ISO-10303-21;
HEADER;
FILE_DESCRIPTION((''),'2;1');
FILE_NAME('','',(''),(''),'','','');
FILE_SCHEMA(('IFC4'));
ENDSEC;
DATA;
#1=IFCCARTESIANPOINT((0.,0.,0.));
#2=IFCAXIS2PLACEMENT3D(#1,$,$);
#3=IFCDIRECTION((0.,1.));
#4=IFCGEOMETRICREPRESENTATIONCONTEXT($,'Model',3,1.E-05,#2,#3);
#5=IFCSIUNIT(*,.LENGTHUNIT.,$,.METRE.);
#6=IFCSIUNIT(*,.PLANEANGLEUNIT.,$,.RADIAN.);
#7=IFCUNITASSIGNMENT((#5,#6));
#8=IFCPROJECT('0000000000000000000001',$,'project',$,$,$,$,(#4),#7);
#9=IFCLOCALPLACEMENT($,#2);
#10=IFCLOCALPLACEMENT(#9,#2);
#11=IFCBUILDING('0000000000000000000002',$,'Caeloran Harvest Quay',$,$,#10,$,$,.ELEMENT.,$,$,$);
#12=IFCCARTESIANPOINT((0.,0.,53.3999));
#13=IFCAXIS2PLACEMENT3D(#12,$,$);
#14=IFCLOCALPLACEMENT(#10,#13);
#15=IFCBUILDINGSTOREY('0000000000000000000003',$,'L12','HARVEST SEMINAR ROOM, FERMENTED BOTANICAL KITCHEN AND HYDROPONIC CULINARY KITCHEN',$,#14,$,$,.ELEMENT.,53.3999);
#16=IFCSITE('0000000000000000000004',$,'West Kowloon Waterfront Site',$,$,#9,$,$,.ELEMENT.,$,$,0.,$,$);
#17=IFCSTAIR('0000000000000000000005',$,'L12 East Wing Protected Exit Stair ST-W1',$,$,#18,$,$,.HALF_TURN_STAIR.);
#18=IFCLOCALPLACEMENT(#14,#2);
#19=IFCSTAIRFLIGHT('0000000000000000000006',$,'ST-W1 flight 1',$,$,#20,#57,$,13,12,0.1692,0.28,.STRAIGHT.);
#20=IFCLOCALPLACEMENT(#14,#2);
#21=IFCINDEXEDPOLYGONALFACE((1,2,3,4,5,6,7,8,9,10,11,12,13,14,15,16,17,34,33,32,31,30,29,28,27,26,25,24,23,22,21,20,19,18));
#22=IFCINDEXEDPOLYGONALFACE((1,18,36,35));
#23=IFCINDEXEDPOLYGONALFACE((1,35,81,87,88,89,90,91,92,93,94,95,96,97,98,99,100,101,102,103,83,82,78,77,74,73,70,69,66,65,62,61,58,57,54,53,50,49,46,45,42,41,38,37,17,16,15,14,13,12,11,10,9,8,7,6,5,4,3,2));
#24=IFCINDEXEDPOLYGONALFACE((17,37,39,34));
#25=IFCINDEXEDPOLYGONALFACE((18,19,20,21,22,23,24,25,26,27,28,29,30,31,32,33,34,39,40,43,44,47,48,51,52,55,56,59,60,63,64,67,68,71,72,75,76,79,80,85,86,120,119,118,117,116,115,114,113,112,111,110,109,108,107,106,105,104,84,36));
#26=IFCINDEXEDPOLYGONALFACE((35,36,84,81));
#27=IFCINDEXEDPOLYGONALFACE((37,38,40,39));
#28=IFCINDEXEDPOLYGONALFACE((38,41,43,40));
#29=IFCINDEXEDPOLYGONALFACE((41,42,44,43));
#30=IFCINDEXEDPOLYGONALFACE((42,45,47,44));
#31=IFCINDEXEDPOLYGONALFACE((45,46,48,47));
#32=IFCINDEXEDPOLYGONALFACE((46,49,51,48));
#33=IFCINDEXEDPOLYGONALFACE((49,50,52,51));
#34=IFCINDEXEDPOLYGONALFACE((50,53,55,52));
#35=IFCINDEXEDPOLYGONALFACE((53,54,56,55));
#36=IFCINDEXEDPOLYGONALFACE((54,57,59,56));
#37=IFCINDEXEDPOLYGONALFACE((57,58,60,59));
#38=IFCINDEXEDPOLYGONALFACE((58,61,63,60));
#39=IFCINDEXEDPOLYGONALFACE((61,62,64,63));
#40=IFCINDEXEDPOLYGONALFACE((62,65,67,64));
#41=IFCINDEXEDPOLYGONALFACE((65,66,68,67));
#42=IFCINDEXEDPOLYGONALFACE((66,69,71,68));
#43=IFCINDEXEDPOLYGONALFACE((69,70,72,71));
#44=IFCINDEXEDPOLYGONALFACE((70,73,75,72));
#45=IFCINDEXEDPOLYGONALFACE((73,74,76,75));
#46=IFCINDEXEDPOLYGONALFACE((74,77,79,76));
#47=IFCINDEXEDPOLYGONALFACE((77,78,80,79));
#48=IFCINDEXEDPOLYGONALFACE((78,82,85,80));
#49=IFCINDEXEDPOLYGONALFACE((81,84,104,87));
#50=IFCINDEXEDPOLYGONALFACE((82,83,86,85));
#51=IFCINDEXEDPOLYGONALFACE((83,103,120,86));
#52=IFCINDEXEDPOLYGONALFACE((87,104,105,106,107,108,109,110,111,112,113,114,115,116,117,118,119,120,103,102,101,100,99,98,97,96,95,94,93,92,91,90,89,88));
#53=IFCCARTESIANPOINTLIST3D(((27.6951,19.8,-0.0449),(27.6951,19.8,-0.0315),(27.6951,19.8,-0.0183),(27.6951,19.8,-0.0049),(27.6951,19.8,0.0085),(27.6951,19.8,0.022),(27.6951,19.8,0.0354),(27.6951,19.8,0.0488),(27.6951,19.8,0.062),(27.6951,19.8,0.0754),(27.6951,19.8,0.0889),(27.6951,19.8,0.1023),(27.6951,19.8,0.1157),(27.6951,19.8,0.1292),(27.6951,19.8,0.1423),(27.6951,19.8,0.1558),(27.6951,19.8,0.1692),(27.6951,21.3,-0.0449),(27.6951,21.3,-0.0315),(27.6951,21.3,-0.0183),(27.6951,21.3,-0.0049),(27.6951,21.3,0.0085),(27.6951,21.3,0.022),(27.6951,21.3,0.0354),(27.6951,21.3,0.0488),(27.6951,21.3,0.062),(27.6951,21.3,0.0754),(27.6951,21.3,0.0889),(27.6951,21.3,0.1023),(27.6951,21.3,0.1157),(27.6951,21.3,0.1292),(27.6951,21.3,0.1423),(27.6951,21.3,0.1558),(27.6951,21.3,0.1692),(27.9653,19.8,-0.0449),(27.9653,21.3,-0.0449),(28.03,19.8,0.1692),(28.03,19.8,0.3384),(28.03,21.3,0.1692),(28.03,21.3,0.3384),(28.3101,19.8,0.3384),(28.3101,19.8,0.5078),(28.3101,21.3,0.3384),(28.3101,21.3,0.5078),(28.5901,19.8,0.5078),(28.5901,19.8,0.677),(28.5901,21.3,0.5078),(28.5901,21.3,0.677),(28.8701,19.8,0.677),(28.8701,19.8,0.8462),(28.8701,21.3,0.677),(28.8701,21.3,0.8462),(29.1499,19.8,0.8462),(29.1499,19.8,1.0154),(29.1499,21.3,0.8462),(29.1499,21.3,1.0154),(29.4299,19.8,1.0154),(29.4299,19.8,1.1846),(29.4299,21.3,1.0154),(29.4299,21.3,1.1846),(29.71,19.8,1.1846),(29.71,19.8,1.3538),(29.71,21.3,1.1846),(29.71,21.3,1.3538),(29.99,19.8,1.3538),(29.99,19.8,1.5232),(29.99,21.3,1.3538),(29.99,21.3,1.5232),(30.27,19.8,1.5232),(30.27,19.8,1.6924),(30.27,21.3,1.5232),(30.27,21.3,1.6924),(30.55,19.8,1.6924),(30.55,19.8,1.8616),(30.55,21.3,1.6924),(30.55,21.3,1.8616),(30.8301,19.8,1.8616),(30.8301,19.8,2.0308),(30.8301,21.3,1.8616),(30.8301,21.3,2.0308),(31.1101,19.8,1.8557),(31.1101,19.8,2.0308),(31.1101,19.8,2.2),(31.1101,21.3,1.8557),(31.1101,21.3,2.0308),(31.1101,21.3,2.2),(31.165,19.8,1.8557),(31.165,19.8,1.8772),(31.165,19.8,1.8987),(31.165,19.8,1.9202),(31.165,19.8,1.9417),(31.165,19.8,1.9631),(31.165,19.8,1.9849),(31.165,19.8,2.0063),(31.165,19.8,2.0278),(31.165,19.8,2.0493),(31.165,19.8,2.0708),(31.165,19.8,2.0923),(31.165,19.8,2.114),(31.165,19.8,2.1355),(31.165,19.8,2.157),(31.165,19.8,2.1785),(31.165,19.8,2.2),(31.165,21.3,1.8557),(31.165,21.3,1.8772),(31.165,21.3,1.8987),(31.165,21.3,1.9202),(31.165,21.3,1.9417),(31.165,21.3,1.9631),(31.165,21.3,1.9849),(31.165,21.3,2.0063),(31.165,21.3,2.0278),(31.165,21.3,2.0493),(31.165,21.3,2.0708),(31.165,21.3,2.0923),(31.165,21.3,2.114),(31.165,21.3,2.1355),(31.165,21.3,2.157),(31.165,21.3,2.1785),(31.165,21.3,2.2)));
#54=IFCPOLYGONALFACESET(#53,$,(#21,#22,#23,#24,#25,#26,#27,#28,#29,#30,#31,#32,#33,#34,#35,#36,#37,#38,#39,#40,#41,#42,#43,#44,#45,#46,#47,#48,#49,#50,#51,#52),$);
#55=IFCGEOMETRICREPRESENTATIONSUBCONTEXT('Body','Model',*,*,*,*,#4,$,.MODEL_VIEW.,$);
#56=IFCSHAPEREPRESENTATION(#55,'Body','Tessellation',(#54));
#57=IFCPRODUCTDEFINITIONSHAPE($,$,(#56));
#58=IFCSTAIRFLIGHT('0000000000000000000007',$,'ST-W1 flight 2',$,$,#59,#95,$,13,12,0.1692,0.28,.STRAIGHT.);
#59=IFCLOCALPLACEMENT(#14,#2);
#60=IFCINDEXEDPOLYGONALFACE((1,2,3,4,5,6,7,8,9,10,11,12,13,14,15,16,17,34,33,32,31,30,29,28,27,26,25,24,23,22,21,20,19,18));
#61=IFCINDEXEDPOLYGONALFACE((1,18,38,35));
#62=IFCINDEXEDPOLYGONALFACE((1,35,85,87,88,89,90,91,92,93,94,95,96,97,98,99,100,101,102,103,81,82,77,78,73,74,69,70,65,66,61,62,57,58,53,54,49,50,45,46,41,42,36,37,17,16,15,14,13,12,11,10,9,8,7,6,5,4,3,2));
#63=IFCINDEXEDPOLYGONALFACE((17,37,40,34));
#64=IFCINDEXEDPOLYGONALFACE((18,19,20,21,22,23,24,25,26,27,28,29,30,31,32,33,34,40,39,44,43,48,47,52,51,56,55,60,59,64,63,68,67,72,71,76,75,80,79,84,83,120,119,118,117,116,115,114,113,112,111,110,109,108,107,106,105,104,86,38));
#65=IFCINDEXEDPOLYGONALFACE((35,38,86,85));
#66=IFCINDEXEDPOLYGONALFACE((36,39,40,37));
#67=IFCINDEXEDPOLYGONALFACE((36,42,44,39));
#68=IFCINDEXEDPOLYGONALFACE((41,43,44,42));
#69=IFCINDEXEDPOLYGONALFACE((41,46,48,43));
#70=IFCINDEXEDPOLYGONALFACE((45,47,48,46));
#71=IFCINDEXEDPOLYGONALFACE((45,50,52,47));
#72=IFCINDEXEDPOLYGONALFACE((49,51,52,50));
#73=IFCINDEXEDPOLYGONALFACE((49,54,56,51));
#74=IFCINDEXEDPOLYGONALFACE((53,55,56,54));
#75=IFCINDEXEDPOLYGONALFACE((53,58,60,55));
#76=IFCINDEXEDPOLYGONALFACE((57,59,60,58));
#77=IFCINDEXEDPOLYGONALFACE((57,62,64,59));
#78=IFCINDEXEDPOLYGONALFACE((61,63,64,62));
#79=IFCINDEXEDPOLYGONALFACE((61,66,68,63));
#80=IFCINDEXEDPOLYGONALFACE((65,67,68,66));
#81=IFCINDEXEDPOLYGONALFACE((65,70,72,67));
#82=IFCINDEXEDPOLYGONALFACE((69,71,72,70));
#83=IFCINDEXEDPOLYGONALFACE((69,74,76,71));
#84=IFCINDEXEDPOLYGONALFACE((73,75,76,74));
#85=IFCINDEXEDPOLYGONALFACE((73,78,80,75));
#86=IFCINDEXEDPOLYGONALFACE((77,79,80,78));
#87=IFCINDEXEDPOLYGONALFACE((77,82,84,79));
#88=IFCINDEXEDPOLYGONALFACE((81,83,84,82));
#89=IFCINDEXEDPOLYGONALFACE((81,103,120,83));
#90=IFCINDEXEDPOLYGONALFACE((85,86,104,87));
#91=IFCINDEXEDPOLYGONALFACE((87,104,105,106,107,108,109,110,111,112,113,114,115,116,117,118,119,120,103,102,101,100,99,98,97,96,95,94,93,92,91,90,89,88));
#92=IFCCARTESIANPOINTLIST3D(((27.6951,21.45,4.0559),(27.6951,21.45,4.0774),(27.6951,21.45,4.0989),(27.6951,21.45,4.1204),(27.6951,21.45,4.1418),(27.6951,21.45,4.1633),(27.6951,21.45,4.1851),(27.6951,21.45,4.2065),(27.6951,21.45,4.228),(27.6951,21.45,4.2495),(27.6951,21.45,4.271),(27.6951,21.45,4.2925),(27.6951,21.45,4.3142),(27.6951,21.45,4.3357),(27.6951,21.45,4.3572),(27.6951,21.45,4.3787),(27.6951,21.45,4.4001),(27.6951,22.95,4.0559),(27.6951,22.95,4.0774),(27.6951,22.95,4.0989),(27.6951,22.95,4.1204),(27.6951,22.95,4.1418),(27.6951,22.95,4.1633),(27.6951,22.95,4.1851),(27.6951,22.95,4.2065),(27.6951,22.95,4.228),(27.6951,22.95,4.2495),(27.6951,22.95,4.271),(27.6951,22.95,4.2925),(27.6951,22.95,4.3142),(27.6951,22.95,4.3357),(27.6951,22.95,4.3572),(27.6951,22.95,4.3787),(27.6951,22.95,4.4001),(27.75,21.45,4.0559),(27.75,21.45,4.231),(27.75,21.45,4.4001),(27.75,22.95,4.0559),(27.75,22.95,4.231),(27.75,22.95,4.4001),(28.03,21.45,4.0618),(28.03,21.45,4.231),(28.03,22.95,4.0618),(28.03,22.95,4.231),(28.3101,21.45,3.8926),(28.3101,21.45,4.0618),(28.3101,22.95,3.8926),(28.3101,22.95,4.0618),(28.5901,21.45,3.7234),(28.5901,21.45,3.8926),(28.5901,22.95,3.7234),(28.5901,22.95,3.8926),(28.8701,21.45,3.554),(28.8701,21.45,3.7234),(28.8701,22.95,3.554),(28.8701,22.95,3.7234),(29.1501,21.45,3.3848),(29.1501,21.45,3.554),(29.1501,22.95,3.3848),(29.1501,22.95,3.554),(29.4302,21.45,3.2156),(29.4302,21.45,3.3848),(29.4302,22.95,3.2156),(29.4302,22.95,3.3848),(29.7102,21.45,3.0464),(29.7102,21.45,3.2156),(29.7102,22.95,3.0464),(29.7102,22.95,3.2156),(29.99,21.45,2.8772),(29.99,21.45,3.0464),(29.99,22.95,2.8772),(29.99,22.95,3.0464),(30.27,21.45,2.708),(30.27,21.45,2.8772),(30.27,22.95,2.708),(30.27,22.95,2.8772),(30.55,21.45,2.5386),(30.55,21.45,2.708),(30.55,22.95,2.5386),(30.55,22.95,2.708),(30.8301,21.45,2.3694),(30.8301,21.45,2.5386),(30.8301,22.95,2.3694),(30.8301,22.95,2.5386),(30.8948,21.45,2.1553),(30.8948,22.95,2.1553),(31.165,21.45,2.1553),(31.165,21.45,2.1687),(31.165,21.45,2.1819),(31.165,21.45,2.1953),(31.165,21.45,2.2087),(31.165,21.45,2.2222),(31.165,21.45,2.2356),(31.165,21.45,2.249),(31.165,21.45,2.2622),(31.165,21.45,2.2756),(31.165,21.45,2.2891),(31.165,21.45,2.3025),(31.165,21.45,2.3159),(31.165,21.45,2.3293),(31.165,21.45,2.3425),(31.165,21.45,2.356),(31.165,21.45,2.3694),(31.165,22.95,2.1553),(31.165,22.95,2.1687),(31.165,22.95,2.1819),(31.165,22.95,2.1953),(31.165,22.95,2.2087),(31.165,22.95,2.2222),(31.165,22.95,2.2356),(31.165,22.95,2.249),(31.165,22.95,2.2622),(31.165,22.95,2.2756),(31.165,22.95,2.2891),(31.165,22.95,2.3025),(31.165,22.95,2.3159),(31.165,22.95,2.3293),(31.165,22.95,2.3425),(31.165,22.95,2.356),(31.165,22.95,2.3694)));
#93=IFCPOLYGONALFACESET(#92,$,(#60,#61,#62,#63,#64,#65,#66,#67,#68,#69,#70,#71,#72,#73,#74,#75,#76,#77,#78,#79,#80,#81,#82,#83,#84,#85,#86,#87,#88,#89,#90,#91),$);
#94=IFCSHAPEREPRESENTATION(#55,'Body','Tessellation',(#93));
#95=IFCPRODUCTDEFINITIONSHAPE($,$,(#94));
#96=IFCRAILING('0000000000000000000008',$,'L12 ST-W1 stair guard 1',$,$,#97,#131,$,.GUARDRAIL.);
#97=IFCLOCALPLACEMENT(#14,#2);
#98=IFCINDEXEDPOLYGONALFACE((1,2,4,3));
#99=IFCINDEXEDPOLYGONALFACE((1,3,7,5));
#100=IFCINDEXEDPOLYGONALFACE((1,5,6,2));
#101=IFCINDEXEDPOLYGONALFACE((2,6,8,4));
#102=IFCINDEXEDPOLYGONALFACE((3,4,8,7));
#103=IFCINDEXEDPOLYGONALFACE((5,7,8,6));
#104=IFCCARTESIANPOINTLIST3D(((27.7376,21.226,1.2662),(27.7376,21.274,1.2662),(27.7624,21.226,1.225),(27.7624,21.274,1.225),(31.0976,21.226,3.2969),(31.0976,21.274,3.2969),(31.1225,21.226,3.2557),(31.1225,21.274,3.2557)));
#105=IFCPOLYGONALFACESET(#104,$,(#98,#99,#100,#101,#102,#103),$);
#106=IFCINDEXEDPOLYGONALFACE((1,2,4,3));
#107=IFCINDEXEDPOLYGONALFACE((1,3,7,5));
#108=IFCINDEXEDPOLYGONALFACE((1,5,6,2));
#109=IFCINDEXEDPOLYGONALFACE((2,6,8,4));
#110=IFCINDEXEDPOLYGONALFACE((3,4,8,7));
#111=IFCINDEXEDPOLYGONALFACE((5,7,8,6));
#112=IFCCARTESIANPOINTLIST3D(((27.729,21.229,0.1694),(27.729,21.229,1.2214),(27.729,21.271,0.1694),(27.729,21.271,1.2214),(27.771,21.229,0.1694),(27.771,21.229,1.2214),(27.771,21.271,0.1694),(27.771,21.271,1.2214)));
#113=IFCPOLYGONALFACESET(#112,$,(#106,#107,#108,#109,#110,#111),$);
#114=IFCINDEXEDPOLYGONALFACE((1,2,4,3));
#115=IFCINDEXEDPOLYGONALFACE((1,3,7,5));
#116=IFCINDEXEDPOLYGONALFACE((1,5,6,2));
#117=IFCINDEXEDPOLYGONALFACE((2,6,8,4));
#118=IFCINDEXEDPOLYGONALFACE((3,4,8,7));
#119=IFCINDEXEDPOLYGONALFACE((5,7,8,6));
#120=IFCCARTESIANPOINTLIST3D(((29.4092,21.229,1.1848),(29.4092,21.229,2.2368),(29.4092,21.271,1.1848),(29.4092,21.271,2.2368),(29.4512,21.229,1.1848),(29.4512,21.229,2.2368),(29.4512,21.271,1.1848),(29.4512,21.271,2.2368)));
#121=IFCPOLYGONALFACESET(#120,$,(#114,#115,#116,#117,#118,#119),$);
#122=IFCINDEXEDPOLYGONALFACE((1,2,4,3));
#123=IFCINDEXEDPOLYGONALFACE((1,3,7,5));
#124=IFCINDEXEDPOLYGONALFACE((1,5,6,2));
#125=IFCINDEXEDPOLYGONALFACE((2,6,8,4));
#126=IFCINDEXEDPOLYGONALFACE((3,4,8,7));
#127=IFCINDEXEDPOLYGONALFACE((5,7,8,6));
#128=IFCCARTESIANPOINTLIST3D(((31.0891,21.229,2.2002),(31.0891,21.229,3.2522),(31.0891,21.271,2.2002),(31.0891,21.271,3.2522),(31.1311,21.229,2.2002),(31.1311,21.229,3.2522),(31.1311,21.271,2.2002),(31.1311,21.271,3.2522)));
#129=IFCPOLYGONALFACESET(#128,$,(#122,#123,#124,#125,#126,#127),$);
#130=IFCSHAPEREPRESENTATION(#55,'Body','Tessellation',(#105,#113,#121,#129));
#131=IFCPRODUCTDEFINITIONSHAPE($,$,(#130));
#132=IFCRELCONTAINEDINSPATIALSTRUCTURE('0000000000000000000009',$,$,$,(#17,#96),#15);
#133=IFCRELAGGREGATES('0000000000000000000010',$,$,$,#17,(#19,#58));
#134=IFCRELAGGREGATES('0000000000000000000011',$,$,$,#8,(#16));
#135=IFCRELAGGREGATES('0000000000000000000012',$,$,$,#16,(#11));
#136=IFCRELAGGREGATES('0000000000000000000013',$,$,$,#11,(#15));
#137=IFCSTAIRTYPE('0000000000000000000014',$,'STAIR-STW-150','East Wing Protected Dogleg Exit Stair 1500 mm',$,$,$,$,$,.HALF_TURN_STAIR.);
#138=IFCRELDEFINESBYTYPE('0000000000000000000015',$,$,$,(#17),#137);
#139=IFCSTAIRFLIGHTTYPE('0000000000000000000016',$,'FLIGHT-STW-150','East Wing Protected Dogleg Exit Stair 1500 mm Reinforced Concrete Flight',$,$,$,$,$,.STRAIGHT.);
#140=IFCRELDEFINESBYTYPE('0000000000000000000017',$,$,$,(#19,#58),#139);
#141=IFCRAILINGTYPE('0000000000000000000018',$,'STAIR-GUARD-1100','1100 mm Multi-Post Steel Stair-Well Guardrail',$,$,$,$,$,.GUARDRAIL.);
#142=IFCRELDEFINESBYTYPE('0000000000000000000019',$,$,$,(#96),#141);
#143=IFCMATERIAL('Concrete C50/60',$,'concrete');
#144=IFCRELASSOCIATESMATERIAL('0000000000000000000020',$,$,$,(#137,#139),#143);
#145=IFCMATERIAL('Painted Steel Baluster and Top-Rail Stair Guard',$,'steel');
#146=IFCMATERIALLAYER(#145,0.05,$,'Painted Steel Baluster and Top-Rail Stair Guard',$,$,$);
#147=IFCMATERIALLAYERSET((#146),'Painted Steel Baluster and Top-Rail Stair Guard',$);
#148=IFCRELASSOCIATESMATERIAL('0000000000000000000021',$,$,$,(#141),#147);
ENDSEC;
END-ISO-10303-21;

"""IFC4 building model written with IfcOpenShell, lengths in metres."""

from ifc_helpers import new_model, si_unit, direction, frame, origin, origin_2d, place, context, subcontext, project, spatial, polyline, rectangle, outline, extrude, material, layer, layer_set, type_object, element, aggregate, save


model = new_model("IFC4")

# Units and contexts
model_context = context("Model", 3, precision=1e-05, world=origin(), true_north=direction((0.0, 1.0)))
body_context = subcontext(model_context, "Body", "Model", "MODEL_VIEW")
ifc_project = project(units=[si_unit("LENGTHUNIT", "METRE"), si_unit("PLANEANGLEUNIT", "RADIAN")], contexts=[model_context])

# Site, building, storey
site_placement = place(None, origin())
site = spatial("IfcSite", under=ifc_project, at=site_placement, Name="West Kowloon Waterfront Site", CompositionType="ELEMENT", RefElevation=0.0)
building_placement = place(site_placement, origin())
building = spatial("IfcBuilding", under=site, at=building_placement, Name="Caeloran Harvest Quay", CompositionType="ELEMENT")
storey_placement = place(building_placement, frame((0.0, 0.0, 53.3999)))
storey = spatial("IfcBuildingStorey", under=building, at=storey_placement, Name="L12", Description="HARVEST SEMINAR ROOM, FERMENTED BOTANICAL KITCHEN AND HYDROPONIC CULINARY KITCHEN", CompositionType="ELEMENT", Elevation=53.3999)

# Stair, stair flights
ifc_material_1 = material(Name="Concrete C50/60", Category="concrete")
stair_type = type_object("IfcStairType", Name="STAIR-STW-150", Description="East Wing Protected Dogleg Exit Stair 1500 mm", PredefinedType="HALF_TURN_STAIR", material=ifc_material_1)
stair_placement = place(storey_placement, origin())
stair = element("IfcStair", 1, at=stair_placement, inside=storey, type_object=stair_type, Name="L12 East Wing Protected Exit Stair ST-W1", PredefinedType="HALF_TURN_STAIR")
stair_flight_type = type_object("IfcStairFlightType", Name="FLIGHT-STW-150", Description="East Wing Protected Dogleg Exit Stair 1500 mm Reinforced Concrete Flight", PredefinedType="STRAIGHT", material=ifc_material_1)
stair_flight_1_placement = place(storey_placement, frame((27.75, 20.55, 0.0), z_axis=(0.0, 0.0, 1.0), x_axis=(1.0, 0.0, 0.0)))
stair_flight_1 = element("IfcStairFlight", 2, at=stair_flight_1_placement, type_object=stair_flight_type, Name="ST-W1 flight 1", NumberOfRisers=13, NumberOfTreads=12, PredefinedType="STRAIGHT", RiserHeight=0.1692, TreadLength=0.28, context=body_context, shape_type="SweptSolid", body=[
    extrude(outline(polyline([(-0.0549, -0.0449), (-0.0549, -0.0315), (-0.0549, -0.0183), (-0.0549, -0.0049), (-0.0549, 0.0085), (-0.0549, 0.022), (-0.0549, 0.0354), (-0.0549, 0.0488), (-0.0549, 0.062), (-0.0549, 0.0754), (-0.0549, 0.0889), (-0.0549, 0.1023), (-0.0549, 0.1157), (-0.0549, 0.1292), (-0.0549, 0.1423), (-0.0549, 0.1558), (-0.0549, 0.1692), (0.28, 0.1692), (0.28, 0.3384), (0.5601, 0.3384), (0.5601, 0.5078), (0.8401, 0.5078), (0.8401, 0.677), (1.1201, 0.677), (1.1201, 0.8462), (1.3999, 0.8462), (1.3999, 1.0154), (1.6799, 1.0154), (1.6799, 1.1846), (1.96, 1.1846), (1.96, 1.3538), (2.24, 1.3538), (2.24, 1.5232), (2.52, 1.5232), (2.52, 1.6924), (2.8, 1.6924), (2.8, 1.8616), (3.0801, 1.8616), (3.0801, 2.0308), (3.3601, 2.0308), (3.3601, 2.2), (3.415, 2.2), (3.415, 2.1785), (3.415, 2.157), (3.415, 2.1355), (3.415, 2.114), (3.415, 2.0923), (3.415, 2.0708), (3.415, 2.0493), (3.415, 2.0278), (3.415, 2.0063), (3.415, 1.9849), (3.415, 1.9631), (3.415, 1.9417), (3.415, 1.9202), (3.415, 1.8987), (3.415, 1.8772), (3.415, 1.8557), (3.3601, 1.8557), (0.2153, -0.0449), (-0.0549, -0.0449)])), frame((0.0, 0.75, 0.0), z_axis=(0.0, -1.0, 0.0), x_axis=(1.0, 0.0, 0.0)), (0.0, 0.0, 1.0), 1.5),
])
stair_flight_2_placement = place(storey_placement, frame((31.1101, 22.2, 2.2002), z_axis=(0.0, 0.0, 1.0), x_axis=(-1.0, 0.0, 0.0)))
stair_flight_2 = element("IfcStairFlight", 3, at=stair_flight_2_placement, type_object=stair_flight_type, Name="ST-W1 flight 2", NumberOfRisers=13, NumberOfTreads=12, PredefinedType="STRAIGHT", RiserHeight=0.1692, TreadLength=0.28, context=body_context, shape_type="SweptSolid", body=[
    extrude(outline(polyline([(-0.0549, -0.0449), (-0.0549, -0.0315), (-0.0549, -0.0183), (-0.0549, -0.0049), (-0.0549, 0.0085), (-0.0549, 0.022), (-0.0549, 0.0354), (-0.0549, 0.0488), (-0.0549, 0.062), (-0.0549, 0.0754), (-0.0549, 0.0889), (-0.0549, 0.1023), (-0.0549, 0.1157), (-0.0549, 0.1292), (-0.0549, 0.1423), (-0.0549, 0.1558), (-0.0549, 0.1692), (0.28, 0.1692), (0.28, 0.3384), (0.5601, 0.3384), (0.5601, 0.5078), (0.8401, 0.5078), (0.8401, 0.677), (1.1201, 0.677), (1.1201, 0.8462), (1.3999, 0.8462), (1.3999, 1.0154), (1.6799, 1.0154), (1.6799, 1.1846), (1.96, 1.1846), (1.96, 1.3538), (2.24, 1.3538), (2.24, 1.5232), (2.52, 1.5232), (2.52, 1.6924), (2.8, 1.6924), (2.8, 1.8616), (3.0801, 1.8616), (3.0801, 2.0308), (3.3601, 2.0308), (3.3601, 2.2), (3.415, 2.2), (3.415, 2.1785), (3.415, 2.157), (3.415, 2.1355), (3.415, 2.114), (3.415, 2.0923), (3.415, 2.0708), (3.415, 2.0493), (3.415, 2.0278), (3.415, 2.0063), (3.415, 1.9849), (3.415, 1.9631), (3.415, 1.9417), (3.415, 1.9202), (3.415, 1.8987), (3.415, 1.8772), (3.415, 1.8557), (3.3601, 1.8557), (0.2153, -0.0449), (-0.0549, -0.0449)])), frame((0.0, 0.75, 0.0), z_axis=(0.0, -1.0, 0.0), x_axis=(1.0, 0.0, 0.0)), (0.0, 0.0, 1.0), 1.5),
])
aggregate(stair, [stair_flight_1, stair_flight_2])

# Railing
ifc_material_2 = material(Name="Painted Steel Baluster and Top-Rail Stair Guard", Category="steel")
ifc_layer_1 = layer(ifc_material_2, 0.05, Name="Painted Steel Baluster and Top-Rail Stair Guard")
ifc_layer_set_1 = layer_set([ifc_layer_1], Name="Painted Steel Baluster and Top-Rail Stair Guard")
railing_type_1 = type_object("IfcRailingType", Name="STAIR-GUARD-1100", Description="1100 mm Multi-Post Steel Stair-Well Guardrail", PredefinedType="GUARDRAIL", material=ifc_layer_set_1)
railing_1_placement = place(storey_placement, frame((27.75, 21.25, 0.1694)))
element("IfcRailing", 4, at=railing_1_placement, inside=storey, type_object=railing_type_1, Name="L12 ST-W1 stair guard 1", PredefinedType="GUARDRAIL", context=body_context, shape_type="SweptSolid", body=[
    extrude(rectangle(XDim=0.0481, YDim=0.0481, at=origin_2d()), frame((0.0, 0.0, 1.0762), z_axis=(0.855837, 0.0, 0.517246), x_axis=(0.0, 1.0, 0.0)), (0.0, 0.0, 1.0), 3.926),
    extrude(rectangle(XDim=0.042, YDim=0.042, at=origin_2d()), origin(), (0.0, 0.0, 1.0), 1.052),
    extrude(rectangle(XDim=0.042, YDim=0.042, at=origin_2d()), frame((1.6802, 0.0, 1.0154)), (0.0, 0.0, 1.0), 1.052),
    extrude(rectangle(XDim=0.042, YDim=0.042, at=origin_2d()), frame((3.3601, 0.0, 2.0308)), (0.0, 0.0, 1.0), 1.052),
])

save(model, "model.ifc")
